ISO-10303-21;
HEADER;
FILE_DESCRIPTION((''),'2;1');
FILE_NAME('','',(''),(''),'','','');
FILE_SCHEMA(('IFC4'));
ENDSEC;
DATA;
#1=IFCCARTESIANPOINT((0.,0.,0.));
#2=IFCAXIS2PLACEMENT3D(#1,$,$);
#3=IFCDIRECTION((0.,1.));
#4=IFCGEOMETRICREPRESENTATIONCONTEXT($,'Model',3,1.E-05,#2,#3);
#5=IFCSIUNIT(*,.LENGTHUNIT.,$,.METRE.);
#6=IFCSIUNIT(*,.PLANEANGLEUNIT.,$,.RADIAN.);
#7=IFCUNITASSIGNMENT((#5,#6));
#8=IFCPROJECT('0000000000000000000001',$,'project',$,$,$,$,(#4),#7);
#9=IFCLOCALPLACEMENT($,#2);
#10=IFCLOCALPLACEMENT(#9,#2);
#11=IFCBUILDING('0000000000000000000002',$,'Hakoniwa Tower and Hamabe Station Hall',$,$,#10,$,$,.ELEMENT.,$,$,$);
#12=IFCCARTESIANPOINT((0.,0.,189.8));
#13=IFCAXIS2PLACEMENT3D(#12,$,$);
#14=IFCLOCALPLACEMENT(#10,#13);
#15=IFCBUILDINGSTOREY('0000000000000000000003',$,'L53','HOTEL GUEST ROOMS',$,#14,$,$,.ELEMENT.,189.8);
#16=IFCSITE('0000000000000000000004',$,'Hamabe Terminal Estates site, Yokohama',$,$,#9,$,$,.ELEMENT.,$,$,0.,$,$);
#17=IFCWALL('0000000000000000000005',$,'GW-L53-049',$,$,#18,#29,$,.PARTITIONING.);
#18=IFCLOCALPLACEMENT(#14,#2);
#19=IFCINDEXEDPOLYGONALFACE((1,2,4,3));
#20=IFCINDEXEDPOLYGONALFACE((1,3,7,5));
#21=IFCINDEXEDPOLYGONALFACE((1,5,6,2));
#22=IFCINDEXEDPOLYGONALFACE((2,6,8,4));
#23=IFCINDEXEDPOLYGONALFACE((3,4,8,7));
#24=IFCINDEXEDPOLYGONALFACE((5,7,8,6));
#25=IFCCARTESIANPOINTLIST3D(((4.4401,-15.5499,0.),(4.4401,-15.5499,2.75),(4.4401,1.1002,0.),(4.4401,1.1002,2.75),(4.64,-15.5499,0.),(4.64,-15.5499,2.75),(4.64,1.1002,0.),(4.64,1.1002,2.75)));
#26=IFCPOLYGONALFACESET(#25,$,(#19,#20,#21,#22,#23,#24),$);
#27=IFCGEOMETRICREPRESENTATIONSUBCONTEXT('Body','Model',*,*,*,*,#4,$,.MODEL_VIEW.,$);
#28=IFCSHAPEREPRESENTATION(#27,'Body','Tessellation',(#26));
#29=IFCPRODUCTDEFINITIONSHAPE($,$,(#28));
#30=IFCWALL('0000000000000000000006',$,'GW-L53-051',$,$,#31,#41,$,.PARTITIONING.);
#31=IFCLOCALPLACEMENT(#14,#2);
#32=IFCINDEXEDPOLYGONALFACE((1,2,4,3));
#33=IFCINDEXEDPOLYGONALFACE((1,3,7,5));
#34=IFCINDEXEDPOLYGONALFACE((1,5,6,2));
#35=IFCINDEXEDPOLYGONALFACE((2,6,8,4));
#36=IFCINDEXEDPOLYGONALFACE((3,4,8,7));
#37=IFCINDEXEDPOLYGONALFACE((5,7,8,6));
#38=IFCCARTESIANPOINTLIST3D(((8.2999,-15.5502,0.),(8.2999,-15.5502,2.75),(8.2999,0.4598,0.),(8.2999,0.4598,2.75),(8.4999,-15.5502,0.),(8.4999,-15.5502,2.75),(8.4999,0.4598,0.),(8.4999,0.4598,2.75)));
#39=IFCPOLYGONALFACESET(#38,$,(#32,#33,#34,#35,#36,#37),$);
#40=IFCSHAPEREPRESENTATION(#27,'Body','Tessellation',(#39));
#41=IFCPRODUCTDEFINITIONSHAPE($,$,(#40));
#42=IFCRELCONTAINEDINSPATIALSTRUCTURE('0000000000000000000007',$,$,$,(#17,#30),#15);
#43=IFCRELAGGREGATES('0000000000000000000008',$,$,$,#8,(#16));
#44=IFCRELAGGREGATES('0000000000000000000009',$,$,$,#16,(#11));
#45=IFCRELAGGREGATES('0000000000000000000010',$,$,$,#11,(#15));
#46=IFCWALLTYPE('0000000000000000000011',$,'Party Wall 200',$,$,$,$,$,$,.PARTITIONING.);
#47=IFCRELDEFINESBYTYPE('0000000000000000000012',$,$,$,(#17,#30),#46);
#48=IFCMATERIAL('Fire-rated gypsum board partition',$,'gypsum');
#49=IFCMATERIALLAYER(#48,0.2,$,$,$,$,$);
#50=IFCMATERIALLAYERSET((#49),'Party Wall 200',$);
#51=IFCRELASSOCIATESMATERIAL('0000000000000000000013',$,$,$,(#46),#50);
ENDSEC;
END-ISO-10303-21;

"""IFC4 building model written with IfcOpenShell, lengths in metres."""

from ifc_helpers import new_model, si_unit, direction, frame, frame_2d, origin, place, context, subcontext, project, spatial, rectangle, extrude, material, layer, layer_set, type_object, element, save


model = new_model("IFC4")

# Units and contexts
model_context = context("Model", 3, precision=1e-05, world=origin(), true_north=direction((0.0, 1.0)))
body_context = subcontext(model_context, "Body", "Model", "MODEL_VIEW")
ifc_project = project(units=[si_unit("LENGTHUNIT", "METRE"), si_unit("PLANEANGLEUNIT", "RADIAN")], contexts=[model_context])

# Site, building, storey
site_placement = place(None, origin())
site = spatial("IfcSite", under=ifc_project, at=site_placement, Name="Hamabe Terminal Estates site, Yokohama", CompositionType="ELEMENT", RefElevation=0.0)
building_placement = place(site_placement, origin())
building = spatial("IfcBuilding", under=site, at=building_placement, Name="Hakoniwa Tower and Hamabe Station Hall", CompositionType="ELEMENT")
storey_placement = place(building_placement, frame((0.0, 0.0, 189.8)))
storey = spatial("IfcBuildingStorey", under=building, at=storey_placement, Name="L53", Description="HOTEL GUEST ROOMS", CompositionType="ELEMENT", Elevation=189.8)

# Walls
ifc_material_1 = material(Name="Fire-rated gypsum board partition", Category="gypsum")
ifc_layer_1 = layer(ifc_material_1, 0.2)
ifc_layer_set_1 = layer_set([ifc_layer_1], Name="Party Wall 200")
wall_type = type_object("IfcWallType", Name="Party Wall 200", PredefinedType="PARTITIONING", material=ifc_layer_set_1)
wall_1_placement = place(storey_placement, frame((4.54, -15.55, 0.0), z_axis=(0.0, 0.0, 1.0), x_axis=(0.0, 1.0, 0.0)))
element("IfcWall", 1, at=wall_1_placement, inside=storey, type_object=wall_type, Name="GW-L53-049", PredefinedType="PARTITIONING", context=body_context, shape_type="SweptSolid", body=[
    extrude(rectangle(XDim=16.6501, YDim=0.2, at=frame_2d((8.3252, 0.0))), origin(), (0.0, 0.0, 1.0), 2.75),
])
wall_2_placement = place(storey_placement, frame((8.3999, -15.55, 0.0), z_axis=(0.0, 0.0, 1.0), x_axis=(0.0, 1.0, 0.0)))
element("IfcWall", 2, at=wall_2_placement, inside=storey, type_object=wall_type, Name="GW-L53-051", PredefinedType="PARTITIONING", context=body_context, shape_type="SweptSolid", body=[
    extrude(rectangle(XDim=16.01, YDim=0.2, at=frame_2d((8.0049, 0.0))), origin(), (0.0, 0.0, 1.0), 2.75),
])

save(model, "model.ifc")
